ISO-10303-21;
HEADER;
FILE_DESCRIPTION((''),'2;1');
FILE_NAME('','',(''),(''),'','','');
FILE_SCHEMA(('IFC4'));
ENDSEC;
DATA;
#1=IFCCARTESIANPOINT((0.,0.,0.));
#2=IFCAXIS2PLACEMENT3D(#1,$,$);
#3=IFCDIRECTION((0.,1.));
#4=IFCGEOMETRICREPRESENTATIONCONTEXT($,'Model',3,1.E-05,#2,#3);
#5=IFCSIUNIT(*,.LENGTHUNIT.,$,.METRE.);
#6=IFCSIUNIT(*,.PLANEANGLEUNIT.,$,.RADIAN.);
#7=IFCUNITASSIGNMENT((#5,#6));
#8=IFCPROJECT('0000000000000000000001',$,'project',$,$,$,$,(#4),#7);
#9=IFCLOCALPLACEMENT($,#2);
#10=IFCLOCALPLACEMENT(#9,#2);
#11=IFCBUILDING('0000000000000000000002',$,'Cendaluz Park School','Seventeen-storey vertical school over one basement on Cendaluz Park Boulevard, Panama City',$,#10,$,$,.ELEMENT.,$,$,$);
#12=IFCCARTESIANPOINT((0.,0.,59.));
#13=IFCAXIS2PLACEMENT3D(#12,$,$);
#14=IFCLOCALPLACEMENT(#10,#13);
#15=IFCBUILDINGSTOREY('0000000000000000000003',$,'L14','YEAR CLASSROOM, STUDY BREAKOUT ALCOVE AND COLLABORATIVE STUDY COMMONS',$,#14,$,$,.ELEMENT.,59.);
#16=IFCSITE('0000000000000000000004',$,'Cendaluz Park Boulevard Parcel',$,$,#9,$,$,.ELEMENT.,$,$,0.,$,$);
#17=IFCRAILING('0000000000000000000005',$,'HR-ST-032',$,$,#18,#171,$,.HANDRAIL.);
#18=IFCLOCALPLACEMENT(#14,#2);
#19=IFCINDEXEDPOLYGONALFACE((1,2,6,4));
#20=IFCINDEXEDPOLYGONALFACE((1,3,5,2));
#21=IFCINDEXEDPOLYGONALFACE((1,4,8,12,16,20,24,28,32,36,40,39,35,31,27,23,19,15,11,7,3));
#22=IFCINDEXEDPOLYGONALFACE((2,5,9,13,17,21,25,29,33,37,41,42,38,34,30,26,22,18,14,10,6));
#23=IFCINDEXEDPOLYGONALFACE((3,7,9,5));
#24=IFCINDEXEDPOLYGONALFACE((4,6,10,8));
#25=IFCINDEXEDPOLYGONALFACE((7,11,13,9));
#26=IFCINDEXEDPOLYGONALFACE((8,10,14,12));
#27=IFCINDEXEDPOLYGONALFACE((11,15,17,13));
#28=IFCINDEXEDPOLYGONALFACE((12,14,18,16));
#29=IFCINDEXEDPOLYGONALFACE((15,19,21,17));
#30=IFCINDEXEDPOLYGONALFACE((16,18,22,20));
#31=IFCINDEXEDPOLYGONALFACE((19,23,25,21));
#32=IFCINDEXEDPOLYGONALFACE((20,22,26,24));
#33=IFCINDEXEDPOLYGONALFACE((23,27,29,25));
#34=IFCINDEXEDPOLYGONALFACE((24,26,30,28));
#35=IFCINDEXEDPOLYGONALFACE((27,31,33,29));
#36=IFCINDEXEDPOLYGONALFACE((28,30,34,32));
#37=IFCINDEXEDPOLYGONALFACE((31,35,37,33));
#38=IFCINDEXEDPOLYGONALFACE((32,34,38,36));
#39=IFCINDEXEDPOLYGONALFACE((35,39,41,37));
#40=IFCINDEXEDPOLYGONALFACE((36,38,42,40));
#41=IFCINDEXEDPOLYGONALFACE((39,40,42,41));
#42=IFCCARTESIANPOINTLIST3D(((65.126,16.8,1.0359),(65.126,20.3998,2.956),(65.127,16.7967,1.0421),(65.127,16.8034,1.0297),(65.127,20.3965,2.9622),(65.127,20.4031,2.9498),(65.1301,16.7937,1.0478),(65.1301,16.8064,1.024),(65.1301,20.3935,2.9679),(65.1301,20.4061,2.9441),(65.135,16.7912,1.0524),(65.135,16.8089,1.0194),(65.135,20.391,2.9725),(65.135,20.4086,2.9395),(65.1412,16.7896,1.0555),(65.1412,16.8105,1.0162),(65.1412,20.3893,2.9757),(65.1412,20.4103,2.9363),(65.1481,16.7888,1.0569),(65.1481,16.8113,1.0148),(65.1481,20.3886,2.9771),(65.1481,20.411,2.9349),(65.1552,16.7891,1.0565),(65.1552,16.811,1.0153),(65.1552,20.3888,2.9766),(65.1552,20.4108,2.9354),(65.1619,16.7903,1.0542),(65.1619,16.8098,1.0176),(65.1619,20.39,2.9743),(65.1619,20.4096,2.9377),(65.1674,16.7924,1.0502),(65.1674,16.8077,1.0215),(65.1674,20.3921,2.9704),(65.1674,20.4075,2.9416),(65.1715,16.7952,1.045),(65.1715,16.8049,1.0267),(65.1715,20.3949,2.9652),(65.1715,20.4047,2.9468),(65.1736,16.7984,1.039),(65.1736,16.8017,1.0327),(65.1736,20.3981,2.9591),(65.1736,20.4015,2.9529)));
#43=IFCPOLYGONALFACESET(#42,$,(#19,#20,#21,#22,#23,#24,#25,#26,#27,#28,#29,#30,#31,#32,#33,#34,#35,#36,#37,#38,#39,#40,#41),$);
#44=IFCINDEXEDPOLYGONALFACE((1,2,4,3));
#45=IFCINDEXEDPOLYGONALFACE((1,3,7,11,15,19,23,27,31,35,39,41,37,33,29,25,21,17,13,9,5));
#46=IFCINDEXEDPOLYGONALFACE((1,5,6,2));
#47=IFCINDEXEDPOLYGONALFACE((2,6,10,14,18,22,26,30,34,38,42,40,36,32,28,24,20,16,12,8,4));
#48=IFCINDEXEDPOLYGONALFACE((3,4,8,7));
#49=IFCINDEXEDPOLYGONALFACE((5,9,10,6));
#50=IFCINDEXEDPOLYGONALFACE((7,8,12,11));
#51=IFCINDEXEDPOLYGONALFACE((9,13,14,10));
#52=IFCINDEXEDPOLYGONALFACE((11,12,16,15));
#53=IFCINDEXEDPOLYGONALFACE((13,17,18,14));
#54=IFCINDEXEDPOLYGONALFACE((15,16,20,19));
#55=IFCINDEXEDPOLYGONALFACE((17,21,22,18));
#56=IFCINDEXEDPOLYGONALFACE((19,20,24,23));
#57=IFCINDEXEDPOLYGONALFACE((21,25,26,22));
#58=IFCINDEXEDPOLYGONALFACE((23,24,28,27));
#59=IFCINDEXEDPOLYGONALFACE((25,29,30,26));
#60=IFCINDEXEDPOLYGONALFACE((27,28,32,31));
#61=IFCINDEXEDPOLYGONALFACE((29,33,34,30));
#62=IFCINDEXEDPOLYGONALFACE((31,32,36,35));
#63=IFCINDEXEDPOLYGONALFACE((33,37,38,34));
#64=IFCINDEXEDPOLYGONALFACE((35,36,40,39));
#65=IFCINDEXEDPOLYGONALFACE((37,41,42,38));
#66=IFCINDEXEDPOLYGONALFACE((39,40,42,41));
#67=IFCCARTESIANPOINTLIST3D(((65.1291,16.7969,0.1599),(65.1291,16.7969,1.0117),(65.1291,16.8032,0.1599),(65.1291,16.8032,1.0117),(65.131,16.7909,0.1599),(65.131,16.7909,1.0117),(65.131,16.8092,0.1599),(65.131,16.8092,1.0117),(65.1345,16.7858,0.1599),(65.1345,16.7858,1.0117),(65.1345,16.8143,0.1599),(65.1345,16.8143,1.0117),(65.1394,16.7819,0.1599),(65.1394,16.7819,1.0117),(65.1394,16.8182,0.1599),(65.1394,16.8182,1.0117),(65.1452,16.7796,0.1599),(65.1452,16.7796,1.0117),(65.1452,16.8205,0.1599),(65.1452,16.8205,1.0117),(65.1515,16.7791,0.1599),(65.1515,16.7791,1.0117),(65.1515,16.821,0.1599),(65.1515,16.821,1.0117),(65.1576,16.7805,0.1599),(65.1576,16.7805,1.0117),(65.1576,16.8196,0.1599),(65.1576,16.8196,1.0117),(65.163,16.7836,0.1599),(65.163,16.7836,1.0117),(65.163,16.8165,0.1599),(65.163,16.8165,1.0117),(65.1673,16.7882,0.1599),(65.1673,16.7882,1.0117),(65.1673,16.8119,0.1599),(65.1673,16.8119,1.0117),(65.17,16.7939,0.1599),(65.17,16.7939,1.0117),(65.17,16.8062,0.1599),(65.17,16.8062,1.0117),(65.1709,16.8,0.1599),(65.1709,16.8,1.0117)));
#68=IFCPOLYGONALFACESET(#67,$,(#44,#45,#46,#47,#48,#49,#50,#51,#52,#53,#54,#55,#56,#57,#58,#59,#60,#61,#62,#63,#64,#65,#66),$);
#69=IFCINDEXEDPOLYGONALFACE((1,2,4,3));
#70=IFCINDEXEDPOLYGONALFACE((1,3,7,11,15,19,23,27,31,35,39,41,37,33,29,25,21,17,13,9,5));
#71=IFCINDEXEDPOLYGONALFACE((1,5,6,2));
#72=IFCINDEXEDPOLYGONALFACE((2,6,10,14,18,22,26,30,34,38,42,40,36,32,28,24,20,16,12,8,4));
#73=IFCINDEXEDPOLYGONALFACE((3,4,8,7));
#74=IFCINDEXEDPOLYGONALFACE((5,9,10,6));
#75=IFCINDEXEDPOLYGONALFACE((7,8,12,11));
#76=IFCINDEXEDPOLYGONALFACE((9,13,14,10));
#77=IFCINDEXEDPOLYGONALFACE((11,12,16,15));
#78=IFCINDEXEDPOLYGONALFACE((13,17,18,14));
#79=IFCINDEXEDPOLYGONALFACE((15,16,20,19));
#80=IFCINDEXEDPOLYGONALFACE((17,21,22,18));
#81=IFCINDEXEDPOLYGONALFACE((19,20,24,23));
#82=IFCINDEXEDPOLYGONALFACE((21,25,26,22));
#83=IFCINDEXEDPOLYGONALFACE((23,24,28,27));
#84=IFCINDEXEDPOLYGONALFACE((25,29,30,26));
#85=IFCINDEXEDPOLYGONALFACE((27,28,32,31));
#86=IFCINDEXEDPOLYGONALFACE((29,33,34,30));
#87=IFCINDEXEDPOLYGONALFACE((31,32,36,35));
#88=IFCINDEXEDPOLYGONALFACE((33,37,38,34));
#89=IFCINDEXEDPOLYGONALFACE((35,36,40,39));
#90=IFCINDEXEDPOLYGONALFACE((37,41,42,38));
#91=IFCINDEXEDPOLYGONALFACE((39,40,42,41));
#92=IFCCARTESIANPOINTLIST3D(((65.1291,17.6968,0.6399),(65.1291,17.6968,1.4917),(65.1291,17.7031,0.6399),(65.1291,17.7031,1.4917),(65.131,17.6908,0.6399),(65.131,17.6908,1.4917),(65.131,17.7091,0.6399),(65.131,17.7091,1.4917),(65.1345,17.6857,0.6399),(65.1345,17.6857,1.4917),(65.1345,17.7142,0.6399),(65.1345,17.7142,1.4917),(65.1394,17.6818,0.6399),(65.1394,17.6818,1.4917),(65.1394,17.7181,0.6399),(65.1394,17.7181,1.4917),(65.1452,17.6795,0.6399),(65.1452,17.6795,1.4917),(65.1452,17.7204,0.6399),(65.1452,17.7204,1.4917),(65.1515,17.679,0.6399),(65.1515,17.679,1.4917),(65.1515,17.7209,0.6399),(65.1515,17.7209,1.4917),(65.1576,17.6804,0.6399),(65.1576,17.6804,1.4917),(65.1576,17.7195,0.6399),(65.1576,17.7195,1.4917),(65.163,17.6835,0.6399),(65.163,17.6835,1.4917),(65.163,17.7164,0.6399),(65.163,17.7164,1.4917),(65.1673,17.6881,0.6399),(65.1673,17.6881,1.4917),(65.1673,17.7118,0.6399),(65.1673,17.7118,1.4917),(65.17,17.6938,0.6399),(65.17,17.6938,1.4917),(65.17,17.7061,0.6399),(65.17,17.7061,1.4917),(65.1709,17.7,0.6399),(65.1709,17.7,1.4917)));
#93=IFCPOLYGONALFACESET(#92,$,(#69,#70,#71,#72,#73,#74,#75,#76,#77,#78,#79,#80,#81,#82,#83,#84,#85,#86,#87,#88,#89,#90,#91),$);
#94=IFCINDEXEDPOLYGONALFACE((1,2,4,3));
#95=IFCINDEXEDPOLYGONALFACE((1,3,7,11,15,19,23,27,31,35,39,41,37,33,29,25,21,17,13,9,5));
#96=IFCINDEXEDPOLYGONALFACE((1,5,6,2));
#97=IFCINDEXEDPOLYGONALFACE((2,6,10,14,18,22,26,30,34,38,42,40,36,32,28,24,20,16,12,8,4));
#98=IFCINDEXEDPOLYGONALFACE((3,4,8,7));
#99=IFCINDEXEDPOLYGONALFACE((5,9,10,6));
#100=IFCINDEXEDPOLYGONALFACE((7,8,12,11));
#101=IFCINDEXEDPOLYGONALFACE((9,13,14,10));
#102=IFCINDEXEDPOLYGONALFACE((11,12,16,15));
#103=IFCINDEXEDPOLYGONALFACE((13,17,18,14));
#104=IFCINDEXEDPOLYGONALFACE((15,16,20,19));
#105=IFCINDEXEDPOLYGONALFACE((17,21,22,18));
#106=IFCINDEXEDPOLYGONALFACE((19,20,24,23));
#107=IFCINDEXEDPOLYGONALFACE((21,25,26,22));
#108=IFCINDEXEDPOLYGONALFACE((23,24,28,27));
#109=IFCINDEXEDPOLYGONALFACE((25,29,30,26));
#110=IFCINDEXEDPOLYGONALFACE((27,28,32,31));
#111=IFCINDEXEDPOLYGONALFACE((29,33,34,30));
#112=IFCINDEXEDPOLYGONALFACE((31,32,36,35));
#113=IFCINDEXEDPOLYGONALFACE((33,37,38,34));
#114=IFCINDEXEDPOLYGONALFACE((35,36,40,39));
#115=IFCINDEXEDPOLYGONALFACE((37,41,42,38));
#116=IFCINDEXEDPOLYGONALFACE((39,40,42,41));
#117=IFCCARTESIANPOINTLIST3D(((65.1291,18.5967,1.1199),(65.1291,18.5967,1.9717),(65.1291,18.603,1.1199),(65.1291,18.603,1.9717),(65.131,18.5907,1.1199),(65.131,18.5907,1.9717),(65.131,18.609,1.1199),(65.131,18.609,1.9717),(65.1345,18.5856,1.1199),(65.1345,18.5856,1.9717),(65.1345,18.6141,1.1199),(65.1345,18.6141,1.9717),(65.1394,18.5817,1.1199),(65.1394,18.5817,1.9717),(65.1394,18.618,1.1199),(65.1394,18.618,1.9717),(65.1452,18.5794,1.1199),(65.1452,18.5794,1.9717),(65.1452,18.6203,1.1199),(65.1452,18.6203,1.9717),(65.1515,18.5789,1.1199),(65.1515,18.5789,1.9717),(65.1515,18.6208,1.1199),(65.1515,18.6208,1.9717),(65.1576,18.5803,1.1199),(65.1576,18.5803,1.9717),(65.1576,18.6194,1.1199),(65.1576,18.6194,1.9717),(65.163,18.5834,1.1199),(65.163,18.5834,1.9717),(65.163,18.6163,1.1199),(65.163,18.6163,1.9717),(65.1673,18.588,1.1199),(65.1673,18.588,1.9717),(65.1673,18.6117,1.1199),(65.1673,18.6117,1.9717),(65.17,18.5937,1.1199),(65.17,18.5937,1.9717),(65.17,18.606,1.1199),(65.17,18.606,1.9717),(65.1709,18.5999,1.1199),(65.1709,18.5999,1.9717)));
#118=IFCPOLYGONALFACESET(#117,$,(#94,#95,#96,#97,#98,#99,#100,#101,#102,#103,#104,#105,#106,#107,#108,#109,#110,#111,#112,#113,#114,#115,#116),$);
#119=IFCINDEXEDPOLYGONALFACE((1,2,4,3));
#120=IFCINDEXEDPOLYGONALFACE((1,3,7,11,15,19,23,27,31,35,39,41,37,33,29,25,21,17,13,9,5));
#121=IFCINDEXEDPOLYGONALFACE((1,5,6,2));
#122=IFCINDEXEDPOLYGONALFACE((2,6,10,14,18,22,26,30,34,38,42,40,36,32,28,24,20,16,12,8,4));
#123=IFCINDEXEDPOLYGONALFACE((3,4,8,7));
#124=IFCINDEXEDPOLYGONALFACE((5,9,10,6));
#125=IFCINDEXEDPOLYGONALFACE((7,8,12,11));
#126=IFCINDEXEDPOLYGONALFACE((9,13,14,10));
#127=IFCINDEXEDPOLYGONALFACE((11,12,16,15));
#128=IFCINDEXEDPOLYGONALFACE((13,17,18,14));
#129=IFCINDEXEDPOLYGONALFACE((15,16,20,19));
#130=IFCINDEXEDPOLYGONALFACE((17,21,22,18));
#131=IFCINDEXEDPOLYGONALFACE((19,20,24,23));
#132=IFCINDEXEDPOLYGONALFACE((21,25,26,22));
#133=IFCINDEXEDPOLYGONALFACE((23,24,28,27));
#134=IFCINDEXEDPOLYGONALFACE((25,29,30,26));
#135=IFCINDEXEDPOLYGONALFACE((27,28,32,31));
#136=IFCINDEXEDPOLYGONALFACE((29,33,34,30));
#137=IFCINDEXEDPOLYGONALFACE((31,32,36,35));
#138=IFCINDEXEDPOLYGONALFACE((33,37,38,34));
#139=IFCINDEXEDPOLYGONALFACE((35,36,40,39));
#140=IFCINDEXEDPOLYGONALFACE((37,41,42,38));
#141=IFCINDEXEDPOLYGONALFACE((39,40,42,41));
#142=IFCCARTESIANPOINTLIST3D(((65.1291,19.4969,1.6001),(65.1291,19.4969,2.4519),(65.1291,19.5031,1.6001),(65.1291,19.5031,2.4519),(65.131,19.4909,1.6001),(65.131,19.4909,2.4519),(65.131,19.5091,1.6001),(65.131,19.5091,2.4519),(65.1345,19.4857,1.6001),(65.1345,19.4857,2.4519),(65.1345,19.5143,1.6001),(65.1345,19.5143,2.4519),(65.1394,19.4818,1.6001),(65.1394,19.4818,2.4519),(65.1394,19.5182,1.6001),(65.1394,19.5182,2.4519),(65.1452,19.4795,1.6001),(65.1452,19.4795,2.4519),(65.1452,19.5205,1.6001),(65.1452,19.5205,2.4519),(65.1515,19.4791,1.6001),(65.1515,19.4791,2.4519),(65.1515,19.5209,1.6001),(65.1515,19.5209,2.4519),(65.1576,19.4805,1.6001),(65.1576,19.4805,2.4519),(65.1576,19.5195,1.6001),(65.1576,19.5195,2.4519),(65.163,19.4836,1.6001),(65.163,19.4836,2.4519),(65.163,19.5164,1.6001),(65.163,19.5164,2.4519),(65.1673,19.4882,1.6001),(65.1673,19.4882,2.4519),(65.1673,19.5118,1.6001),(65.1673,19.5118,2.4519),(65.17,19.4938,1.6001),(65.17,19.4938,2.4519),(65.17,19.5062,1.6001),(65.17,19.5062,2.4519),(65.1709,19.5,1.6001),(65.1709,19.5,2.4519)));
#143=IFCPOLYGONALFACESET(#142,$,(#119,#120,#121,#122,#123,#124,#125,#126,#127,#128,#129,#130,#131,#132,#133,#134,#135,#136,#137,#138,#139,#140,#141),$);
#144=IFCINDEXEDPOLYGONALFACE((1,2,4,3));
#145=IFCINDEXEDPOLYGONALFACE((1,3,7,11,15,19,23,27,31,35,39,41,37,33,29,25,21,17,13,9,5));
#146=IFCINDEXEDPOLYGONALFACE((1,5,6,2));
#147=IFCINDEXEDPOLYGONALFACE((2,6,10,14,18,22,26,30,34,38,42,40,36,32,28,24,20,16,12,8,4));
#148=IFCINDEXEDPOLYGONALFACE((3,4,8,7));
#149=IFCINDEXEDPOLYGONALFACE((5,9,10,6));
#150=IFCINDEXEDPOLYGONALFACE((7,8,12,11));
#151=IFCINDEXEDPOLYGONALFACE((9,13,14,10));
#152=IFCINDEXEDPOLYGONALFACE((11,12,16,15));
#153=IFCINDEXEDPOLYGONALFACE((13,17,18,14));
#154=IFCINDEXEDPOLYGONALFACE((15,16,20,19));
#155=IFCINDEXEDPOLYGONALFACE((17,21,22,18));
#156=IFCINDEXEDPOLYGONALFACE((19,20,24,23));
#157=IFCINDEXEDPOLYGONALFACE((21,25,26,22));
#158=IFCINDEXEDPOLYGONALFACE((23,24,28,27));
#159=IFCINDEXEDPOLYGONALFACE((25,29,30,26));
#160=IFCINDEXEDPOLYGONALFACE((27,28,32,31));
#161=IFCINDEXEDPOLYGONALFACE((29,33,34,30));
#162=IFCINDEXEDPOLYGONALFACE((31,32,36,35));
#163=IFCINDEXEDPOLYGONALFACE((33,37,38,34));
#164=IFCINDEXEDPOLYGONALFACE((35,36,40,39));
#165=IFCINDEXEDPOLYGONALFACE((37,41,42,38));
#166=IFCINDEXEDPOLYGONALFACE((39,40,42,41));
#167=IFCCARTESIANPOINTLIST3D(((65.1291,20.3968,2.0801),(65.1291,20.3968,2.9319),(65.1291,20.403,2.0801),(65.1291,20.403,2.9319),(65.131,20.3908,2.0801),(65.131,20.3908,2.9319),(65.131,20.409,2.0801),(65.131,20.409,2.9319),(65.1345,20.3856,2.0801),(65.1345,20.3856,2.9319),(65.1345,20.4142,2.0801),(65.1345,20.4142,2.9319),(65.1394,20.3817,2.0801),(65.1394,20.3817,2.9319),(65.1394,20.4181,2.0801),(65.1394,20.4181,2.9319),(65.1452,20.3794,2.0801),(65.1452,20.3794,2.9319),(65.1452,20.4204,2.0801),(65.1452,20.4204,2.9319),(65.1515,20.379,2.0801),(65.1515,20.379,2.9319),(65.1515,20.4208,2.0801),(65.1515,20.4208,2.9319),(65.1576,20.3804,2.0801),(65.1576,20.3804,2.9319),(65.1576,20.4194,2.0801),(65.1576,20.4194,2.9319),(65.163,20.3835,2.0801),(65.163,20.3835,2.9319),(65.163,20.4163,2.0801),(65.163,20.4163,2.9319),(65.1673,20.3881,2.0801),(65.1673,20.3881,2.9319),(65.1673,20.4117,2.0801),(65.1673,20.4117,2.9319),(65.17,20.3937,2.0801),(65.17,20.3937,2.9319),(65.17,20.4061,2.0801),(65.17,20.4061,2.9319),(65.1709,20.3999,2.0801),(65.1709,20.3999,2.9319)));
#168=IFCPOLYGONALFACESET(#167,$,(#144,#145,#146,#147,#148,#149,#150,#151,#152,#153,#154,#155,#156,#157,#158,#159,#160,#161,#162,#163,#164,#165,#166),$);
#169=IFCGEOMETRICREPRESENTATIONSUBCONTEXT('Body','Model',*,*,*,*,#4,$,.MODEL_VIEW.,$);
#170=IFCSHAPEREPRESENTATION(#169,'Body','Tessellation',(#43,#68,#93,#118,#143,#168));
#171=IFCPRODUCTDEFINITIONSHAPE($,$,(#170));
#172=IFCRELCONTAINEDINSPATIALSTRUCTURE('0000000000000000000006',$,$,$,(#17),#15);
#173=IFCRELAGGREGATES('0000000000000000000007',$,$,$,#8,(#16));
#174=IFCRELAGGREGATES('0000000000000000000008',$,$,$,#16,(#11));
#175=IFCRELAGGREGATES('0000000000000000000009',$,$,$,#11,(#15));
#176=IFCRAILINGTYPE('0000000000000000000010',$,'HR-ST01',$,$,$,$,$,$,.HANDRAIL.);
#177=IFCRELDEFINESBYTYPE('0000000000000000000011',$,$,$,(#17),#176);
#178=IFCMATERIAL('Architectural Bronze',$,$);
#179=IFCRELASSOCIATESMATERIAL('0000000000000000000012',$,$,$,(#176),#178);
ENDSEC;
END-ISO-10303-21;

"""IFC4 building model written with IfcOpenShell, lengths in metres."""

from ifc_helpers import new_model, si_unit, direction, frame, origin, origin_2d, place, context, subcontext, project, spatial, circle, extrude, material, type_object, element, save


model = new_model("IFC4")

# Units and contexts
model_context = context("Model", 3, precision=1e-05, world=origin(), true_north=direction((0.0, 1.0)))
body_context = subcontext(model_context, "Body", "Model", "MODEL_VIEW")
ifc_project = project(units=[si_unit("LENGTHUNIT", "METRE"), si_unit("PLANEANGLEUNIT", "RADIAN")], contexts=[model_context])

# Site, building, storey
site_placement = place(None, origin())
site = spatial("IfcSite", under=ifc_project, at=site_placement, Name="Cendaluz Park Boulevard Parcel", CompositionType="ELEMENT", RefElevation=0.0)
building_placement = place(site_placement, origin())
building = spatial("IfcBuilding", under=site, at=building_placement, Name="Cendaluz Park School", Description="Seventeen-storey vertical school over one basement on Cendaluz Park Boulevard, Panama City", CompositionType="ELEMENT")
storey_placement = place(building_placement, frame((0.0, 0.0, 59.0)))
storey = spatial("IfcBuildingStorey", under=building, at=storey_placement, Name="L14", Description="YEAR CLASSROOM, STUDY BREAKOUT ALCOVE AND COLLABORATIVE STUDY COMMONS", CompositionType="ELEMENT", Elevation=59.0)

# Railing
ifc_material_1 = material(Name="Architectural Bronze")
railing_type_1 = type_object("IfcRailingType", Name="HR-ST01", PredefinedType="HANDRAIL", material=ifc_material_1)
railing_1_placement = place(storey_placement, frame((65.1499, 16.8, 0.1599)))
element("IfcRailing", 1, at=railing_1_placement, inside=storey, type_object=railing_type_1, Name="HR-ST-032", PredefinedType="HANDRAIL", context=body_context, shape_type="SweptSolid", body=[
    extrude(circle(Radius=0.0239, at=origin_2d()), frame((0.0, 0.0, 0.876), z_axis=(0.0, 0.882328, 0.470635), x_axis=(-1.0, 0.0, 0.0)), (0.0, 0.0, 1.0), 4.0798),
    extrude(circle(Radius=0.021, at=origin_2d()), origin(), (0.0, 0.0, 1.0), 0.8518),
    extrude(circle(Radius=0.021, at=origin_2d()), frame((0.0, 0.8999, 0.48)), (0.0, 0.0, 1.0), 0.8518),
    extrude(circle(Radius=0.021, at=origin_2d()), frame((0.0, 1.7998, 0.96)), (0.0, 0.0, 1.0), 0.8518),
    extrude(circle(Radius=0.021, at=origin_2d()), frame((0.0, 2.7, 1.4402)), (0.0, 0.0, 1.0), 0.8518),
    extrude(circle(Radius=0.021, at=origin_2d()), frame((0.0, 3.5999, 1.9202)), (0.0, 0.0, 1.0), 0.8518),
])

save(model, "model.ifc")
